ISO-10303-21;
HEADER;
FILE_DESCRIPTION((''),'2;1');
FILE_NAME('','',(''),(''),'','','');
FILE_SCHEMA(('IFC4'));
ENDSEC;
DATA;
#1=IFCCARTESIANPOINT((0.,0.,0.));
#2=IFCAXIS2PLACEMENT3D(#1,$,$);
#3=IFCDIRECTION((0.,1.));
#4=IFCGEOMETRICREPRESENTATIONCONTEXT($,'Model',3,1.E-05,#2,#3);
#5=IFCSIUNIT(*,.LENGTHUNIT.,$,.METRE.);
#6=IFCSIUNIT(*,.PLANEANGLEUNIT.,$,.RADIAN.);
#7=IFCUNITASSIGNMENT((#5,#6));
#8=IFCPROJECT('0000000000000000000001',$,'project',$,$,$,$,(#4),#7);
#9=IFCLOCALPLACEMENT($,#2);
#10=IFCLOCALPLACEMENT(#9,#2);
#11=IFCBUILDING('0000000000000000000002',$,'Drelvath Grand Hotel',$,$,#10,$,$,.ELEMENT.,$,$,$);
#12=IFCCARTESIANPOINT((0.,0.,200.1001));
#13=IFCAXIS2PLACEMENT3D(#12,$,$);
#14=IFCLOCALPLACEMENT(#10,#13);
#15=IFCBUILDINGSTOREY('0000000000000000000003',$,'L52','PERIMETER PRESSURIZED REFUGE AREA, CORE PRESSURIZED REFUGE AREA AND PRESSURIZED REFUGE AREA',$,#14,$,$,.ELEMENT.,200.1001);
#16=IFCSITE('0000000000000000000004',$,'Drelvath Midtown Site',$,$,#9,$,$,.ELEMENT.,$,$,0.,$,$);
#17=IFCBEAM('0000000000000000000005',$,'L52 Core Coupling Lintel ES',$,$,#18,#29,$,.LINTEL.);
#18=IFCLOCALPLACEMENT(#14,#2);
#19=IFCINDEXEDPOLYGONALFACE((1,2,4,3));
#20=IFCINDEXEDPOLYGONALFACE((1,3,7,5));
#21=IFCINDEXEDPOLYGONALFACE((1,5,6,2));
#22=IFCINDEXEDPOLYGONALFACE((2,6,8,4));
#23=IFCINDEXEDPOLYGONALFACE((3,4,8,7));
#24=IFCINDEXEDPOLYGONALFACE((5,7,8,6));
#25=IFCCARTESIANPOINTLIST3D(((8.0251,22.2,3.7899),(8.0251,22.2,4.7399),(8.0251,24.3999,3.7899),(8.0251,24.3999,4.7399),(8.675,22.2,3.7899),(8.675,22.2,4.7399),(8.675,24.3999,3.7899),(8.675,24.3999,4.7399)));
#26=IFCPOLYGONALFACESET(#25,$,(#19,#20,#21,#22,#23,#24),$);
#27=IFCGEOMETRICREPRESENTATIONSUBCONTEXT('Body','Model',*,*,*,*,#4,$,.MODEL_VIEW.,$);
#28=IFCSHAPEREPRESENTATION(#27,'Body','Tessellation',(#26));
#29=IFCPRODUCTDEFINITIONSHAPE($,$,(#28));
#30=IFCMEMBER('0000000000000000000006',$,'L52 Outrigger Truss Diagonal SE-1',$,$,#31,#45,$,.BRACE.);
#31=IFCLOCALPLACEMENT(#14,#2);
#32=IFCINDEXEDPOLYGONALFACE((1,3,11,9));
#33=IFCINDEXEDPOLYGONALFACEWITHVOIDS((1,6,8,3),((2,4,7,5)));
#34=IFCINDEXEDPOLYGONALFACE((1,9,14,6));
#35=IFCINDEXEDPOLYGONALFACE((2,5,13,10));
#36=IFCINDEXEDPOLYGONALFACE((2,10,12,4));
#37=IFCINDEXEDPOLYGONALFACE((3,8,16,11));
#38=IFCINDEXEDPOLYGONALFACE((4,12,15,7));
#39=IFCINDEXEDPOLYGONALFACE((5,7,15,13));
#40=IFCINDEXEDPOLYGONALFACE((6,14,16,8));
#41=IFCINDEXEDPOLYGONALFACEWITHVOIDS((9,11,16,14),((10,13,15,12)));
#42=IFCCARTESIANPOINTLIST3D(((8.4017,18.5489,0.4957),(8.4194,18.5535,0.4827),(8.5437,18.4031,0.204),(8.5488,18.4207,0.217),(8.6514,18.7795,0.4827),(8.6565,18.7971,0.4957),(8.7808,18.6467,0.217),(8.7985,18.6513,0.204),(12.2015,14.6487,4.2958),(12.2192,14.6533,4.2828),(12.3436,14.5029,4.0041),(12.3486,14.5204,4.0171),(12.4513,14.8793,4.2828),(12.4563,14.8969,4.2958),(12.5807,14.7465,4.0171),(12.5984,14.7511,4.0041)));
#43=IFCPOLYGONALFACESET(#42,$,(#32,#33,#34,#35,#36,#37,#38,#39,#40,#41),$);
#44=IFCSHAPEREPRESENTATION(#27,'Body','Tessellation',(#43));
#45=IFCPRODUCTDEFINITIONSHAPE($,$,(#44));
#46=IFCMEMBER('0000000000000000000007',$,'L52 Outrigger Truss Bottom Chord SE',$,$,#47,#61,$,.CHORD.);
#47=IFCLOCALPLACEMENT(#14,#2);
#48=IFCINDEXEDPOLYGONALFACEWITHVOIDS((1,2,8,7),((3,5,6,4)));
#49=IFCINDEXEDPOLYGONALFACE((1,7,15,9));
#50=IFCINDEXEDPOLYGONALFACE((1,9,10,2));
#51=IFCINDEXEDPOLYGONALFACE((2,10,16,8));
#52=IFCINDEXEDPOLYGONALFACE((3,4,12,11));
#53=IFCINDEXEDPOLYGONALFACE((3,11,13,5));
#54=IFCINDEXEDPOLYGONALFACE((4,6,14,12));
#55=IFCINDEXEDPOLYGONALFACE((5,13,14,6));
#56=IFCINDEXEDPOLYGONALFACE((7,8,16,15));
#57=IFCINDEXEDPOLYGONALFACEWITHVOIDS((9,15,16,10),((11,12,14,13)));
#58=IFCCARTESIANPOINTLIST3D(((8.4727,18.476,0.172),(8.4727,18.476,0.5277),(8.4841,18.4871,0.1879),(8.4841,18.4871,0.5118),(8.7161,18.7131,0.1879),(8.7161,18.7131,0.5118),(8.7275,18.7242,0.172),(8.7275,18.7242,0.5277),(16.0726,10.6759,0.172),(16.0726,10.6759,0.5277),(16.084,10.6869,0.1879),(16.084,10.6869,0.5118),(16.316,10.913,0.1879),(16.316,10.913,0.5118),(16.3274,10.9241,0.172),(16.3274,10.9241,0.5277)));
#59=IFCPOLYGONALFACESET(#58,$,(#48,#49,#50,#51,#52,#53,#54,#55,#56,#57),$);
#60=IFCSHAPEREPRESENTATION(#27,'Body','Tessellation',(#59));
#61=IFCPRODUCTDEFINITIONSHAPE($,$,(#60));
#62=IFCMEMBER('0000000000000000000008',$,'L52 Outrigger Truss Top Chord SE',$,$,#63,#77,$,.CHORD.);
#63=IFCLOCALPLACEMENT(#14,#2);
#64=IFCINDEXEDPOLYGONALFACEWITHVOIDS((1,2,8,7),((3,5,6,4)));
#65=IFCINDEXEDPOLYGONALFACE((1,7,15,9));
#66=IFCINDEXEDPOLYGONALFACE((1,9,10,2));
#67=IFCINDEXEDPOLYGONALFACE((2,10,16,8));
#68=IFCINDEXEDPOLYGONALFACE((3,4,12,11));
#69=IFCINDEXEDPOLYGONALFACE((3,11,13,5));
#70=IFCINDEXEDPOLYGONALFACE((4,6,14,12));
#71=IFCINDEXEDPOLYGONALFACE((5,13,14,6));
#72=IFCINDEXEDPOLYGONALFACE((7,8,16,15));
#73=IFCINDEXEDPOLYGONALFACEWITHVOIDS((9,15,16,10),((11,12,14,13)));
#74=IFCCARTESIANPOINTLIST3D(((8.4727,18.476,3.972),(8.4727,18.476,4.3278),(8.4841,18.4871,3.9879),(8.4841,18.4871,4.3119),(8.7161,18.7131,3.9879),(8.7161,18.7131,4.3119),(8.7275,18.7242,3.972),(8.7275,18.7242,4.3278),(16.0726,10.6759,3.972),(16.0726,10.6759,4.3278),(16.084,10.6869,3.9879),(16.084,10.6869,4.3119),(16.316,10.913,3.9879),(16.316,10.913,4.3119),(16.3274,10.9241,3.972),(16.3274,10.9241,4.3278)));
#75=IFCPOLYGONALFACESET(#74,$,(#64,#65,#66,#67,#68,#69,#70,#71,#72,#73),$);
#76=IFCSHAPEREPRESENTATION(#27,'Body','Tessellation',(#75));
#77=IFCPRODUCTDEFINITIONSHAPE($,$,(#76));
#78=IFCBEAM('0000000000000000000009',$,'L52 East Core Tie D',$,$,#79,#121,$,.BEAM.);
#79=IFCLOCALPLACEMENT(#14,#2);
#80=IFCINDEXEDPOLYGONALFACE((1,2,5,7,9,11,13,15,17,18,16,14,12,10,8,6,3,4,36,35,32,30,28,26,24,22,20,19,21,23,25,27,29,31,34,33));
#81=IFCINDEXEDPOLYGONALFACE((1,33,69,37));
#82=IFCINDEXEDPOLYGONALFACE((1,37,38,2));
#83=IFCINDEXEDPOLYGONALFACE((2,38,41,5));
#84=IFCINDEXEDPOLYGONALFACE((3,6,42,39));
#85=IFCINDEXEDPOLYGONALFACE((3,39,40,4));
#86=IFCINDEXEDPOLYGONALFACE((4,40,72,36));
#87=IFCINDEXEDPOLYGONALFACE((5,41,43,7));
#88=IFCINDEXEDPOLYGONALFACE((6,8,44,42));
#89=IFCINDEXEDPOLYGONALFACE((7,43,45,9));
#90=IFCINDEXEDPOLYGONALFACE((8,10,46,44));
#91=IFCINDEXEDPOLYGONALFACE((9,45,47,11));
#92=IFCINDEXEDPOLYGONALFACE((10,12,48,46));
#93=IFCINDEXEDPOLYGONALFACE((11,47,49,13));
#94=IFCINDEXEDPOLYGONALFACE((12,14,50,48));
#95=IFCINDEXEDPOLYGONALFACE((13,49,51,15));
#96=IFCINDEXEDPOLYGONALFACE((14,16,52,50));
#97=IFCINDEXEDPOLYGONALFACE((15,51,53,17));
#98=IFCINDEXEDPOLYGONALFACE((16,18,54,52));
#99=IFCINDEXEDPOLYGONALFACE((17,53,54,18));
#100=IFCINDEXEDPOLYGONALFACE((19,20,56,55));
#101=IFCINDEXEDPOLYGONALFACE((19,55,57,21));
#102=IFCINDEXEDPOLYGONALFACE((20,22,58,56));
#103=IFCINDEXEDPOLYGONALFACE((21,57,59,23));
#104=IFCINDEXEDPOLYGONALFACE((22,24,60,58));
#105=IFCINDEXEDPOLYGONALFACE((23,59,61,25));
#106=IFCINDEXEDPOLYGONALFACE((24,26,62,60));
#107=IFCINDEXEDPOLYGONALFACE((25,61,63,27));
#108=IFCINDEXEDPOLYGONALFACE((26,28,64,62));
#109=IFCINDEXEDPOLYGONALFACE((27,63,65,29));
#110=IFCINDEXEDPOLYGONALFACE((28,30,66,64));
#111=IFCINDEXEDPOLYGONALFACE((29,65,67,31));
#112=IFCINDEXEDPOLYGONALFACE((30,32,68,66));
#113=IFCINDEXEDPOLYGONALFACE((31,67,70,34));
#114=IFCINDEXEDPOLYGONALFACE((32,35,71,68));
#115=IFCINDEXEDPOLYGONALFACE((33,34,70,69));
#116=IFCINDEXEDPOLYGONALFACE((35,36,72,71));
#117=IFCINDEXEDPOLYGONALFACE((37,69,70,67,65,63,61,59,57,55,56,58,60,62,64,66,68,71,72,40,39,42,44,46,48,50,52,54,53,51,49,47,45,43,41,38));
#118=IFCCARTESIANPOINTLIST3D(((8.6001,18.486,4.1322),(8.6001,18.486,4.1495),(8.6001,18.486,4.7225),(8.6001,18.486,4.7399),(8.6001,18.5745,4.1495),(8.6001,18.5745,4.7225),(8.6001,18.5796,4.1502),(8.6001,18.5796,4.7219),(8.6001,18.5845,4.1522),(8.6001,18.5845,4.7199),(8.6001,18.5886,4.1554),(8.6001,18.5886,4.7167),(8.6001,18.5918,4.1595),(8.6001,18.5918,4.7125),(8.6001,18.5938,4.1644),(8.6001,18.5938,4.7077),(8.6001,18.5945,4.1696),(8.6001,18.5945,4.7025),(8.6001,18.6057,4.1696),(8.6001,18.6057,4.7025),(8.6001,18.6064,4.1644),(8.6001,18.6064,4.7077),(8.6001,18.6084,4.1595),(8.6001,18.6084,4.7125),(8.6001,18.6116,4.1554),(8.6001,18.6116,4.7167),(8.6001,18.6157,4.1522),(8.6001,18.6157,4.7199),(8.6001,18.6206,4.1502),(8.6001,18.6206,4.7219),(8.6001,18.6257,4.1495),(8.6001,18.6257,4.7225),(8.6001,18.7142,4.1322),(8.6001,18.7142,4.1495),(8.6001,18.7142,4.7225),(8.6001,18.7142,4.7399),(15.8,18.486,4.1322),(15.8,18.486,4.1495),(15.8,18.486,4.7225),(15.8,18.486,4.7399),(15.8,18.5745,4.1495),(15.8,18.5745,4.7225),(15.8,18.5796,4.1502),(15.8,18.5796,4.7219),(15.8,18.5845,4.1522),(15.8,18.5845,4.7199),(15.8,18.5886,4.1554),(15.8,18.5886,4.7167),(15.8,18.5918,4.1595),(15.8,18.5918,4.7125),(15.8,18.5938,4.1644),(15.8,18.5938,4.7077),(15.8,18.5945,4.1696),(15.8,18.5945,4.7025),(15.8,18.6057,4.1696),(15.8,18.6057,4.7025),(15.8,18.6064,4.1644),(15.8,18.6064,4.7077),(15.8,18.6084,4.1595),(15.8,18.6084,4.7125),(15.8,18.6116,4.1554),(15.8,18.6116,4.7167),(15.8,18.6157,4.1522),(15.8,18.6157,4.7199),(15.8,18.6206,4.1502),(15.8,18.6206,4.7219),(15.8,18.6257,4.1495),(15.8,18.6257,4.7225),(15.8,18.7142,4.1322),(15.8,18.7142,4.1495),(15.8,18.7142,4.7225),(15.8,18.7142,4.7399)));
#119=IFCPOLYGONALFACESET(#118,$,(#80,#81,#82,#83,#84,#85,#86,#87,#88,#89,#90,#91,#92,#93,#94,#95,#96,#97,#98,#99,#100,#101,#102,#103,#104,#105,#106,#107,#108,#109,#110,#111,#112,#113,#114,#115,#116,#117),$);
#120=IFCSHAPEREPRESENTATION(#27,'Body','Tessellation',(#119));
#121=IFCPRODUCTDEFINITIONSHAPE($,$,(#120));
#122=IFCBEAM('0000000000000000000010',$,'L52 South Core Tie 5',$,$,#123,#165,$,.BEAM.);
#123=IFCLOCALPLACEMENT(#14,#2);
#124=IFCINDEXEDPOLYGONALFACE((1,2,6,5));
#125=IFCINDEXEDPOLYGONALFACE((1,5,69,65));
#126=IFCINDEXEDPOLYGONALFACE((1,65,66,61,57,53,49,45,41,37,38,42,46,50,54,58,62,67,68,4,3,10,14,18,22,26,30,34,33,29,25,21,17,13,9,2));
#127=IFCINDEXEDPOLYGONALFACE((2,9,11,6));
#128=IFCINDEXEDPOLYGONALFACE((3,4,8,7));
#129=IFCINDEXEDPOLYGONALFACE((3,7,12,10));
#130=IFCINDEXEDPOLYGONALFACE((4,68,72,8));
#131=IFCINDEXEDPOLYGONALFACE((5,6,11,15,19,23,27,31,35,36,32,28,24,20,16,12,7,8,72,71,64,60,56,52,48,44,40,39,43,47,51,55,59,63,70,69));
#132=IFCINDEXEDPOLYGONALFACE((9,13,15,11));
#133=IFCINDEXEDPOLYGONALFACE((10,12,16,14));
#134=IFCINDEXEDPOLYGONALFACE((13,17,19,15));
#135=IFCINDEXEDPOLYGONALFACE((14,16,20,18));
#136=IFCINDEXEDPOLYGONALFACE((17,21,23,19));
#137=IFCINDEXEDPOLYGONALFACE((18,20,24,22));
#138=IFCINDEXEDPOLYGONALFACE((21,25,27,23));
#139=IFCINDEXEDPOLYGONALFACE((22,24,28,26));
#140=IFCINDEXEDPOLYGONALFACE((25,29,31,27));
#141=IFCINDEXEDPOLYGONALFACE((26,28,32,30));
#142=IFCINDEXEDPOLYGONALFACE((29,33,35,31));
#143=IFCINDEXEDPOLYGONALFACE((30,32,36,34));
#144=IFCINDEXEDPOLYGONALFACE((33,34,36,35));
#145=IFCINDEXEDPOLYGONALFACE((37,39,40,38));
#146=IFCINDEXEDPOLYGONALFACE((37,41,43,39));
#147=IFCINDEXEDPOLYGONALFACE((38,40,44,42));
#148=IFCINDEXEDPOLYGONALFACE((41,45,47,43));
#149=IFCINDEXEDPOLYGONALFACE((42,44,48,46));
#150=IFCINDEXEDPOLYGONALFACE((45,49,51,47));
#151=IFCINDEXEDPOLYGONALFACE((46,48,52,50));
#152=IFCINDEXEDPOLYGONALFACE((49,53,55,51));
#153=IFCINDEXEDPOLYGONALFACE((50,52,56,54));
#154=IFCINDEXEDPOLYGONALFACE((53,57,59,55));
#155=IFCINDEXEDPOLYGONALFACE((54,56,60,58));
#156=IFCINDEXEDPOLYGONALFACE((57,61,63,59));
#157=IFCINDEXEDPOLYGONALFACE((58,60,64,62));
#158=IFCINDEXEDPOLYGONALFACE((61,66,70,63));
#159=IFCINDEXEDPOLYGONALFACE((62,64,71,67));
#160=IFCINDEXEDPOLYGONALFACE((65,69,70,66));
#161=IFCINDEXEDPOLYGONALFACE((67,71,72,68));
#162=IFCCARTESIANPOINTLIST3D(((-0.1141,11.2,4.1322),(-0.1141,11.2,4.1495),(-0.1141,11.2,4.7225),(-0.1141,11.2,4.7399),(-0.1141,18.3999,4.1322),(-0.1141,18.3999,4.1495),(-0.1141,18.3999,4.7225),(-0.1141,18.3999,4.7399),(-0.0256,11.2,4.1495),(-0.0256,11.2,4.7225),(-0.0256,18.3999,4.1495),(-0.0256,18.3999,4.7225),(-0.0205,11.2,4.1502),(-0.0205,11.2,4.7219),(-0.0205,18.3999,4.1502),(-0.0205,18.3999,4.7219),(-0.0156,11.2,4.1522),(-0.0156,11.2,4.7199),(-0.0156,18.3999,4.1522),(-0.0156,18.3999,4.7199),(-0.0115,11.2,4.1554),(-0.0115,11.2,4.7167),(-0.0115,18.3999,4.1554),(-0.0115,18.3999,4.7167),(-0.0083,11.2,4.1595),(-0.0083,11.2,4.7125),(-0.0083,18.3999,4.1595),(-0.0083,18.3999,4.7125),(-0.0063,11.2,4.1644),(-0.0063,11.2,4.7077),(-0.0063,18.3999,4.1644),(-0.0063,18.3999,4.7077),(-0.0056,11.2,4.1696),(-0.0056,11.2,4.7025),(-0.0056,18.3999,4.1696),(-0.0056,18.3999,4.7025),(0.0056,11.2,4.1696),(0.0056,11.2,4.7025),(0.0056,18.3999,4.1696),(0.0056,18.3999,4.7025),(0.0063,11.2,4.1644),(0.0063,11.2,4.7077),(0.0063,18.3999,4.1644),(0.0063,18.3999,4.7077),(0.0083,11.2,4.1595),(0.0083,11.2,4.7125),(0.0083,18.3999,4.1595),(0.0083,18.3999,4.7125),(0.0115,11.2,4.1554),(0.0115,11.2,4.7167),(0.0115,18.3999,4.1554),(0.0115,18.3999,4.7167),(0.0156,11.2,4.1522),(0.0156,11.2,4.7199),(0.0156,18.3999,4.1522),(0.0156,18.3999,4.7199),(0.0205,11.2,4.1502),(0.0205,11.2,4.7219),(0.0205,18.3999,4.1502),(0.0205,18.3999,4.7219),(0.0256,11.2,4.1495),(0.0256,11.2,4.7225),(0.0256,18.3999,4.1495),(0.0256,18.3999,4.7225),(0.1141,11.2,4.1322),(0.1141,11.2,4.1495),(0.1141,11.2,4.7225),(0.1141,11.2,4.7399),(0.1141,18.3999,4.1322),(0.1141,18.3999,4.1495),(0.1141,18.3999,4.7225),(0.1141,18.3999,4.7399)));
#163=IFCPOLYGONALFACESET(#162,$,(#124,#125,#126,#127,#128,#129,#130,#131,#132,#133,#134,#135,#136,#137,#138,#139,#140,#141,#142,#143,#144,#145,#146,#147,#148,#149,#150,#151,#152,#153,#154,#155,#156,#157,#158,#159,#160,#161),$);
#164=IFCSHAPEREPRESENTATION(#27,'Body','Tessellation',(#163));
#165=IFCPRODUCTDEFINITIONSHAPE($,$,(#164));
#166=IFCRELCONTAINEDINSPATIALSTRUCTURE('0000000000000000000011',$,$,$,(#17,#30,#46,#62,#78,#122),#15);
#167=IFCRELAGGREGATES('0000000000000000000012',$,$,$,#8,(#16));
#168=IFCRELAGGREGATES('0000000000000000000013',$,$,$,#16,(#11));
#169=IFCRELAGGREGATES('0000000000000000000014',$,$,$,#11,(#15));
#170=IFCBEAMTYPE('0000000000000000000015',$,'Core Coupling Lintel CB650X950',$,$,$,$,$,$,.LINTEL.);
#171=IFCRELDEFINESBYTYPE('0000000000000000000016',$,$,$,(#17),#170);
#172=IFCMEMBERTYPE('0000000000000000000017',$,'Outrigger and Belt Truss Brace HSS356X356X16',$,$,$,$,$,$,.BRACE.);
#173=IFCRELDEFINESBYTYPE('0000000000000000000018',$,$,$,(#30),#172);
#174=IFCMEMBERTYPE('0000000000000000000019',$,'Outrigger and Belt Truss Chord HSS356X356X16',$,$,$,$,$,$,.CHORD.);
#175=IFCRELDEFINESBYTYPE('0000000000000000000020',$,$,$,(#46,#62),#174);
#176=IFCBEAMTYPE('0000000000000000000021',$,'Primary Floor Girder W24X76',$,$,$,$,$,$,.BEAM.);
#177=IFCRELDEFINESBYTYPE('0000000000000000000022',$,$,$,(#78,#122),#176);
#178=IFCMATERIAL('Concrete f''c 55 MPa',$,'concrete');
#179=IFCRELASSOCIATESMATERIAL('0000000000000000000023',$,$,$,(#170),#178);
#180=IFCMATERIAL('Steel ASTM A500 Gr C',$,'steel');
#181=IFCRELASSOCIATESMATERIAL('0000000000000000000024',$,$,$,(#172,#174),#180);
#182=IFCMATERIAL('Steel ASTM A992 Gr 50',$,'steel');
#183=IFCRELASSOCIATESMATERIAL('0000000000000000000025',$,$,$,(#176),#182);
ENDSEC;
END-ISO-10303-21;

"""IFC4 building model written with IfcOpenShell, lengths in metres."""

from ifc_helpers import new_model, si_unit, direction, frame, origin, origin_2d, place, context, subcontext, project, spatial, rectangle, hollow_rectangle, i_section, extrude, material, material_profile, profile_set, type_object, element, save


model = new_model("IFC4")

# Units and contexts
model_context = context("Model", 3, precision=1e-05, world=origin(), true_north=direction((0.0, 1.0)))
body_context = subcontext(model_context, "Body", "Model", "MODEL_VIEW")
ifc_project = project(units=[si_unit("LENGTHUNIT", "METRE"), si_unit("PLANEANGLEUNIT", "RADIAN")], contexts=[model_context])

# Site, building, storey
site_placement = place(None, origin())
site = spatial("IfcSite", under=ifc_project, at=site_placement, Name="Drelvath Midtown Site", CompositionType="ELEMENT", RefElevation=0.0)
building_placement = place(site_placement, origin())
building = spatial("IfcBuilding", under=site, at=building_placement, Name="Drelvath Grand Hotel", CompositionType="ELEMENT")
storey_placement = place(building_placement, frame((0.0, 0.0, 200.1001)))
storey = spatial("IfcBuildingStorey", under=building, at=storey_placement, Name="L52", Description="PERIMETER PRESSURIZED REFUGE AREA, CORE PRESSURIZED REFUGE AREA AND PRESSURIZED REFUGE AREA", CompositionType="ELEMENT", Elevation=200.1001)

# Beam
ifc_material_1 = material(Name="Concrete f'c 55 MPa", Category="concrete")
ifc_material_profile_1 = material_profile(ifc_material_1, rectangle(XDim=0.6499, YDim=0.95, at=origin_2d()), Name="CB650X950")
ifc_profile_set_1 = profile_set([ifc_material_profile_1], Name="Concrete f'c 55 MPa")
beam_type_1 = type_object("IfcBeamType", Name="Core Coupling Lintel CB650X950", PredefinedType="LINTEL", material=ifc_profile_set_1)
beam_placement = place(storey_placement, frame((8.3501, 22.2, 4.2649), z_axis=(0.0, 1.0, 0.0), x_axis=(-1.0, 0.0, 0.0)))
element("IfcBeam", 1, at=beam_placement, inside=storey, type_object=beam_type_1, Name="L52 Core Coupling Lintel ES", PredefinedType="LINTEL", context=body_context, shape_type="SweptSolid", body=[
    extrude(rectangle(XDim=0.6499, YDim=0.95, at=origin_2d()), origin(), (0.0, 0.0, 1.0), 2.2),
])

# Members
ifc_material_2 = material(Name="Steel ASTM A500 Gr C", Category="steel")
ifc_material_profile_2 = material_profile(ifc_material_2, hollow_rectangle(XDim=0.3557, YDim=0.3557, WallThickness=0.0159, at=origin_2d()), Name="HSS356X356X16")
ifc_profile_set_2 = profile_set([ifc_material_profile_2], Name="Steel ASTM A500 Gr C")
member_type_1 = type_object("IfcMemberType", Name="Outrigger and Belt Truss Brace HSS356X356X16", PredefinedType="BRACE", material=ifc_profile_set_2)
member_placement = place(storey_placement, frame((8.6001, 18.6001, 0.3499), z_axis=(0.572257, -0.587369, 0.572294), x_axis=(0.716261, 0.697833, 0.0)))
element("IfcMember", 2, at=member_placement, inside=storey, type_object=member_type_1, Name="L52 Outrigger Truss Diagonal SE-1", PredefinedType="BRACE", context=body_context, shape_type="SweptSolid", body=[
    extrude(hollow_rectangle(XDim=0.3557, YDim=0.3557, WallThickness=0.0159, at=origin_2d()), origin(), (0.0, 0.0, 1.0), 6.6401),
])
ifc_material_profile_3 = material_profile(ifc_material_2, hollow_rectangle(XDim=0.3557, YDim=0.3557, WallThickness=0.0159, at=origin_2d()), Name="HSS356X356X16")
ifc_profile_set_3 = profile_set([ifc_material_profile_3], Name="Steel ASTM A500 Gr C")
member_type_2 = type_object("IfcMemberType", Name="Outrigger and Belt Truss Chord HSS356X356X16", PredefinedType="CHORD", material=ifc_profile_set_3)
for number, where, z_axis, x_axis, name in (
    (3, (8.6001, 18.6001, 0.3499), (0.697856, -0.716238, 0.0), (0.716238, 0.697856, 0.0), "L52 Outrigger Truss Bottom Chord SE"),
    (4, (8.6001, 18.6001, 4.1499), (0.697856, -0.716238, 0.0), (0.716238, 0.697856, 0.0), "L52 Outrigger Truss Top Chord SE"),
):
    element("IfcMember", number, at=place(storey_placement, frame(where, z_axis=z_axis, x_axis=x_axis)), inside=storey, type_object=member_type_2, Name=name, PredefinedType="CHORD", context=body_context, shape_type="SweptSolid", body=[
        extrude(hollow_rectangle(XDim=0.3557, YDim=0.3557, WallThickness=0.0159, at=origin_2d()), origin(), (0.0, 0.0, 1.0), 10.8904),
    ])

# Beams
ifc_material_3 = material(Name="Steel ASTM A992 Gr 50", Category="steel")
ifc_material_profile_4 = material_profile(ifc_material_3, i_section(OverallWidth=0.2283, OverallDepth=0.6077, WebThickness=0.0112, FlangeThickness=0.0173, FilletRadius=0.02, at=origin_2d()), Name="W24X76")
ifc_profile_set_4 = profile_set([ifc_material_profile_4], Name="Steel ASTM A992 Gr 50")
beam_type_2 = type_object("IfcBeamType", Name="Primary Floor Girder W24X76", PredefinedType="BEAM", material=ifc_profile_set_4)
for number, where, z_axis, x_axis, name in (
    (5, (8.6001, 18.6001, 4.436), (1.0, 0.0, 0.0), (0.0, 1.0, 0.0), "L52 East Core Tie D"),
    (6, (0.0, 11.2, 4.436), (0.0, 1.0, 0.0), (-1.0, 0.0, 0.0), "L52 South Core Tie 5"),
):
    element("IfcBeam", number, at=place(storey_placement, frame(where, z_axis=z_axis, x_axis=x_axis)), inside=storey, type_object=beam_type_2, Name=name, PredefinedType="BEAM", context=body_context, shape_type="SweptSolid", body=[
        extrude(i_section(OverallWidth=0.2283, OverallDepth=0.6077, WebThickness=0.0112, FlangeThickness=0.0173, FilletRadius=0.02, at=origin_2d()), origin(), (0.0, 0.0, 1.0), 7.2),
    ])

save(model, "model.ifc")
